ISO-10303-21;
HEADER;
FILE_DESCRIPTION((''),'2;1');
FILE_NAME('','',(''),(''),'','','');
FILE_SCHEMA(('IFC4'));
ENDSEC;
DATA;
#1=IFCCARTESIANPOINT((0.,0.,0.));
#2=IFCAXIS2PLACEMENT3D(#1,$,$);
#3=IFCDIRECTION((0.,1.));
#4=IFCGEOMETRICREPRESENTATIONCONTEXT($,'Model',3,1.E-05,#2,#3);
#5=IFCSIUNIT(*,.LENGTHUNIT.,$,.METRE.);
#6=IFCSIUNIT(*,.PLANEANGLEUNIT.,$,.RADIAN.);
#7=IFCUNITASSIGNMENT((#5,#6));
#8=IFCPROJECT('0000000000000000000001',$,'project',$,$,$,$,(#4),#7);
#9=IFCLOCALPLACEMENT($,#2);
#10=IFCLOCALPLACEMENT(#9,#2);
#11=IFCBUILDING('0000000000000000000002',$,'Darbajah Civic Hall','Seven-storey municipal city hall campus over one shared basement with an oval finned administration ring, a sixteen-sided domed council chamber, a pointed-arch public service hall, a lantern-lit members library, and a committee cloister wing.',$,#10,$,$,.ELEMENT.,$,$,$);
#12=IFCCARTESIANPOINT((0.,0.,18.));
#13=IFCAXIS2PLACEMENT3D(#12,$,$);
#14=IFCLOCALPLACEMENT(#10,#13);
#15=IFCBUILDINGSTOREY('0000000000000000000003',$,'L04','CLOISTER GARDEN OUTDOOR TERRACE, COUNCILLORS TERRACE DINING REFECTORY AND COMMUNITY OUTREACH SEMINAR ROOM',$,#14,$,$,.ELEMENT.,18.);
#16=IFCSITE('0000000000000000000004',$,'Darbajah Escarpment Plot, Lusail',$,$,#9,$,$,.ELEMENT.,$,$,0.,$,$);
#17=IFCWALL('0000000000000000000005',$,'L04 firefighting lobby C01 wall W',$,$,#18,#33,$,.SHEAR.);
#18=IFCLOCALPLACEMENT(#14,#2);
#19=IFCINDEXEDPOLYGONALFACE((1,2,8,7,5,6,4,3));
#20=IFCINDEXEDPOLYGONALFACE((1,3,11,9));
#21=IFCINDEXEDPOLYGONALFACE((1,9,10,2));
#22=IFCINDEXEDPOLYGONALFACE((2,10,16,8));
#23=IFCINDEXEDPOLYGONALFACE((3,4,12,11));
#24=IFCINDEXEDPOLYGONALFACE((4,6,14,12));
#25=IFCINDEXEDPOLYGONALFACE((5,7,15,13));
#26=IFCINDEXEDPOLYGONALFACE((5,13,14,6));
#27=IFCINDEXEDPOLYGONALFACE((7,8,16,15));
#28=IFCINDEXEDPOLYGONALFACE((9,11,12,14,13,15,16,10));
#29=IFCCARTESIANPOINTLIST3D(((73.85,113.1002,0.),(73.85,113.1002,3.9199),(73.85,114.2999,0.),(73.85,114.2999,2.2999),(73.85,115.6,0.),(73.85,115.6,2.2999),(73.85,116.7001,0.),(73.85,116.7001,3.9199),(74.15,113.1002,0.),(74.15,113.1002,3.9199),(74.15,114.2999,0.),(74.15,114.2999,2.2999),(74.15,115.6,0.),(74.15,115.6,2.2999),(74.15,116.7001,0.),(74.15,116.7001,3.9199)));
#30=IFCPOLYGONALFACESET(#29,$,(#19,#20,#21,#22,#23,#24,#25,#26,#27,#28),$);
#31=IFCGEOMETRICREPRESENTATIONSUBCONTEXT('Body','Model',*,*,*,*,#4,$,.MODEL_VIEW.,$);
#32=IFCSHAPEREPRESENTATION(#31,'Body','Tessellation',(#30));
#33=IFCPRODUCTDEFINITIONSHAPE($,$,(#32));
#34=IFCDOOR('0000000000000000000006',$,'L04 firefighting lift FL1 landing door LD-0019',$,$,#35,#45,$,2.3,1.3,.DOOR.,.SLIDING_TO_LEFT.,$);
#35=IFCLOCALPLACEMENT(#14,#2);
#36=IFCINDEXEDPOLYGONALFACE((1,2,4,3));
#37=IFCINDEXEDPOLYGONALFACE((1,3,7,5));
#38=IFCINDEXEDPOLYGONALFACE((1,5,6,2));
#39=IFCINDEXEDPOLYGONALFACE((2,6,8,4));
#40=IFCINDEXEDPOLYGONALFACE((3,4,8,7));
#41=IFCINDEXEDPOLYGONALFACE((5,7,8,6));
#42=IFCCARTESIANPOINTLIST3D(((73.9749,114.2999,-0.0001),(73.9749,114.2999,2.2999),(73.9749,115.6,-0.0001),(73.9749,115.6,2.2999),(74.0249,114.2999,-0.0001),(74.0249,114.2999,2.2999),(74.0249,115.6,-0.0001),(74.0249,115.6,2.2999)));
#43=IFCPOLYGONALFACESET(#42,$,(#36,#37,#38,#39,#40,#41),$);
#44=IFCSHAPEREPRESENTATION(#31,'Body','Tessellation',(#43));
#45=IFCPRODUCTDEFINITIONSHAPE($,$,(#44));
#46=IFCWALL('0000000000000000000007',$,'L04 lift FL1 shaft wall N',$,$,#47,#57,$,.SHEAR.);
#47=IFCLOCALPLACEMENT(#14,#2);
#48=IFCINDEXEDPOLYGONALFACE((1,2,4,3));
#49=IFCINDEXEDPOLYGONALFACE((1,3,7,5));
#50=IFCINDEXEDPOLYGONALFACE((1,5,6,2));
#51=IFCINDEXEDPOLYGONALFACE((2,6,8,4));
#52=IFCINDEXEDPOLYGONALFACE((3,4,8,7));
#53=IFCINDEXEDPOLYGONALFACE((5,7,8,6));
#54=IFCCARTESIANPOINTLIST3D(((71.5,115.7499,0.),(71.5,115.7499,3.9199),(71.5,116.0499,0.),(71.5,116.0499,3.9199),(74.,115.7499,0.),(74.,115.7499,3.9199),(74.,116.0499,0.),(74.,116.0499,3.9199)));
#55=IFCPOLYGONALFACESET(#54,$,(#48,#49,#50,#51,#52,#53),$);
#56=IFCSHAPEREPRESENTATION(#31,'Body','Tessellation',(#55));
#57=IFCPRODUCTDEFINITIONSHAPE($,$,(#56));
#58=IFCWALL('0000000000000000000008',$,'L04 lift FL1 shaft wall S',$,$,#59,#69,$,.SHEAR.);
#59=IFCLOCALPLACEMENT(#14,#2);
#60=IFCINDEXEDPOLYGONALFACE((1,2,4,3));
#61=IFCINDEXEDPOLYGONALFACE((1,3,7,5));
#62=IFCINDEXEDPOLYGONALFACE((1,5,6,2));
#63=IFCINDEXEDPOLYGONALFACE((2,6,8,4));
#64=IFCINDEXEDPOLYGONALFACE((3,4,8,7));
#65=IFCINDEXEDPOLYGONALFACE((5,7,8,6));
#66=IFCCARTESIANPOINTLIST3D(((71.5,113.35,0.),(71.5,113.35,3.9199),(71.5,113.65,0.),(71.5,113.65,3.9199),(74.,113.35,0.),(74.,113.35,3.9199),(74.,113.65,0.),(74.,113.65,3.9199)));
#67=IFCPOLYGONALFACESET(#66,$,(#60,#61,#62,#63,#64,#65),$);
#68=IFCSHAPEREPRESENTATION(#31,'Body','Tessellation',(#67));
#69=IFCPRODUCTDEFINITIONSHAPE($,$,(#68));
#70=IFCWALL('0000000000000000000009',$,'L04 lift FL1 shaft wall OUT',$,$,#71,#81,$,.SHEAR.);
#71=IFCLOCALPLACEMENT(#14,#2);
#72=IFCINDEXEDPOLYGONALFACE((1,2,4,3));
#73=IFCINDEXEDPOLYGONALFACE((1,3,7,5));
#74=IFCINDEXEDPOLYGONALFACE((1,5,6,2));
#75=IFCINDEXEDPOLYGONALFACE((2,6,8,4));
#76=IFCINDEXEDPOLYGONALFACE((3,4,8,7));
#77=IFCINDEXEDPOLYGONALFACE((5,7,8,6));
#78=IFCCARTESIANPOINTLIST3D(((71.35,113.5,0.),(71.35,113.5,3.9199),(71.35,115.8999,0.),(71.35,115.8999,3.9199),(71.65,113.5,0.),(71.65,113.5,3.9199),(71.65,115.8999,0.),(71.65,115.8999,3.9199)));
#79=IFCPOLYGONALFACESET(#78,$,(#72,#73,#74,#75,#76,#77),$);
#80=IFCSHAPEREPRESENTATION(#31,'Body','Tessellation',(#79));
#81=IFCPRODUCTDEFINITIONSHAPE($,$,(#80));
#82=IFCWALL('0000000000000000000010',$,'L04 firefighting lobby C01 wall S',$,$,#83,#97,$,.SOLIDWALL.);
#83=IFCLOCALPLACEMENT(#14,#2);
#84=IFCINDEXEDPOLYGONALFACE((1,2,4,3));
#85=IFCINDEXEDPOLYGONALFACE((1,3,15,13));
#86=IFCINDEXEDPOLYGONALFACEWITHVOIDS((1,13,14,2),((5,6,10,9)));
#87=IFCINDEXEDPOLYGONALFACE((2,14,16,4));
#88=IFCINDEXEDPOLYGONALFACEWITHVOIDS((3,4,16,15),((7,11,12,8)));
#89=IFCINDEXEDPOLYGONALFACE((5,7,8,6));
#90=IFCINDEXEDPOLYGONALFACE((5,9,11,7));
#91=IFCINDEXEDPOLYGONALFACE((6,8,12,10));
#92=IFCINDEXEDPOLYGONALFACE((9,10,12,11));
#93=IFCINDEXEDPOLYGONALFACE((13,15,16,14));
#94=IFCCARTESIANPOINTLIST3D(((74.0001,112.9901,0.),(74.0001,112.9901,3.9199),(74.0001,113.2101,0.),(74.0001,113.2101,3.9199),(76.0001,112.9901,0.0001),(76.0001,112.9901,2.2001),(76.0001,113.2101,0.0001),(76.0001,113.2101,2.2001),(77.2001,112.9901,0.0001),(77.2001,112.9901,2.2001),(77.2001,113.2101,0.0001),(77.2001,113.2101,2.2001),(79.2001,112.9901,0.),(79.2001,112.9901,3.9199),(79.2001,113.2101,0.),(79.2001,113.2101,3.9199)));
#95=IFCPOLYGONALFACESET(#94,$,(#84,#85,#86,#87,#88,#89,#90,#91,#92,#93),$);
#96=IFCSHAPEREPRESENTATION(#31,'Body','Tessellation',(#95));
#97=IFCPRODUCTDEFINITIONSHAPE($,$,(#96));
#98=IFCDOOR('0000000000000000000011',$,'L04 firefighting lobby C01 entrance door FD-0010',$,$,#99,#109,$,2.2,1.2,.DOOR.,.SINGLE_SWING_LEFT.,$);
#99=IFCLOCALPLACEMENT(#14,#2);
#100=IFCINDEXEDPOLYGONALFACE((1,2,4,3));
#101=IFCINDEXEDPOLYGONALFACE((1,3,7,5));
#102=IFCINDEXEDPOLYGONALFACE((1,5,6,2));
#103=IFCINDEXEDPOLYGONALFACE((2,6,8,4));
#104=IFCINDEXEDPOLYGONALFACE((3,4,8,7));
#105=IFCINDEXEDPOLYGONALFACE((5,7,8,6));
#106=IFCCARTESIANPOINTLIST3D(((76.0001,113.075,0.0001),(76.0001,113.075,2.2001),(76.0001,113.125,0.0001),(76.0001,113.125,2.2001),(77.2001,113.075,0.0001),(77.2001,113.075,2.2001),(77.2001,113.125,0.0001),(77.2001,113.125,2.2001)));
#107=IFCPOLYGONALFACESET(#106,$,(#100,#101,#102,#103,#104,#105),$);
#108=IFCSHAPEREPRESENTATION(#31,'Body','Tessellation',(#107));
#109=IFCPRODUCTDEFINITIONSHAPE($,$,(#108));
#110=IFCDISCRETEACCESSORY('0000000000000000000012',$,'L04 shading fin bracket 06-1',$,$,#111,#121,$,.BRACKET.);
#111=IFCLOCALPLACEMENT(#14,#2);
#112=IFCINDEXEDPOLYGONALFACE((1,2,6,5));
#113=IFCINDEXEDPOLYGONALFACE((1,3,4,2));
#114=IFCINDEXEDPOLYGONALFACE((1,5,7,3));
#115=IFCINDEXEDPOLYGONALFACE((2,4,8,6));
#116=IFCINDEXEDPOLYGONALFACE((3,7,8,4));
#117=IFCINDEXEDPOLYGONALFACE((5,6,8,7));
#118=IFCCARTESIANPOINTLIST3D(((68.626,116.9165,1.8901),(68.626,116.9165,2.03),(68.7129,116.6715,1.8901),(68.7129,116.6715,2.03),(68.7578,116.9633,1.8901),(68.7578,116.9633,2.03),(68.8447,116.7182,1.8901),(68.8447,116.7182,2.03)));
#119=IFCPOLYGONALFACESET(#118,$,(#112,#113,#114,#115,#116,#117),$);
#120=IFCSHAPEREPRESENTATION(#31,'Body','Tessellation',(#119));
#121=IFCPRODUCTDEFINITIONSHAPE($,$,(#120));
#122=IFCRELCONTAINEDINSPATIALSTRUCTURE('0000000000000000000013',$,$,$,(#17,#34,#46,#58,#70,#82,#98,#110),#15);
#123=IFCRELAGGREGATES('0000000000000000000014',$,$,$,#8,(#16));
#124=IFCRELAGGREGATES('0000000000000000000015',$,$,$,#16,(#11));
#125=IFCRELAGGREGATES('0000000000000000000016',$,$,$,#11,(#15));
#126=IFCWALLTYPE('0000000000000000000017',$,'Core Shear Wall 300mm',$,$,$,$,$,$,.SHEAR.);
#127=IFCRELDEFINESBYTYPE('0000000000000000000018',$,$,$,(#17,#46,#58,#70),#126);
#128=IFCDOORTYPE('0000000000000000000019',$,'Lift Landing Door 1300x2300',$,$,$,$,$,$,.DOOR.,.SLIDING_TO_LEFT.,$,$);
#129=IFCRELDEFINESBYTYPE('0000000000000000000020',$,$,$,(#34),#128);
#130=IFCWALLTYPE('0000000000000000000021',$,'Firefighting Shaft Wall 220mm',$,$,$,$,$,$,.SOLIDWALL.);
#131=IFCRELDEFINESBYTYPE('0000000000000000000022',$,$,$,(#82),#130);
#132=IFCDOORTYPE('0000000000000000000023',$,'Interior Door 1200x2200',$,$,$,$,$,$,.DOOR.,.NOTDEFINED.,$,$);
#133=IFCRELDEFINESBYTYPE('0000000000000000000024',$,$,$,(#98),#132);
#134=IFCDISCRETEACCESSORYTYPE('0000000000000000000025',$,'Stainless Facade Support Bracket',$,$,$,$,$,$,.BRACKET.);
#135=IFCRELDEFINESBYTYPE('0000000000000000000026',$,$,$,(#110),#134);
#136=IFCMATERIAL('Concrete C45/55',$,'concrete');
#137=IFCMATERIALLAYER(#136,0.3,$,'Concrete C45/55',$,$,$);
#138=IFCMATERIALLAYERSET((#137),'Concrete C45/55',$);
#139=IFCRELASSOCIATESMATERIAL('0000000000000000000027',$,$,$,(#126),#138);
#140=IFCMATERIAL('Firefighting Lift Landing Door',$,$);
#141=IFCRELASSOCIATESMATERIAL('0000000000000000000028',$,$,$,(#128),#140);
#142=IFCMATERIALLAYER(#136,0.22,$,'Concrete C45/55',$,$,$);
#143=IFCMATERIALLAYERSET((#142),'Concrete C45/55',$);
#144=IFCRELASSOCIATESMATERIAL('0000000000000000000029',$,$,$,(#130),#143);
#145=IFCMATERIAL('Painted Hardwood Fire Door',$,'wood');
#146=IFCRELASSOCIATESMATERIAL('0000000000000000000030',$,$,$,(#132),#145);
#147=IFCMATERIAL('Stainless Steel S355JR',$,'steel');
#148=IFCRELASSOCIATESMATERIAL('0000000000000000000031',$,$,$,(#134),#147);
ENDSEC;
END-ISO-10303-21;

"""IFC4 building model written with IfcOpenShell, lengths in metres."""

from ifc_helpers import new_model, si_unit, direction, frame, frame_2d, origin, origin_2d, place, context, subcontext, project, spatial, rectangle, extrude, material, layer, layer_set, type_object, element, fill, save


model = new_model("IFC4")

# Units and contexts
model_context = context("Model", 3, precision=1e-05, world=origin(), true_north=direction((0.0, 1.0)))
body_context = subcontext(model_context, "Body", "Model", "MODEL_VIEW")
ifc_project = project(units=[si_unit("LENGTHUNIT", "METRE"), si_unit("PLANEANGLEUNIT", "RADIAN")], contexts=[model_context])

# Site, building, storey
site_placement = place(None, origin())
site = spatial("IfcSite", under=ifc_project, at=site_placement, Name="Darbajah Escarpment Plot, Lusail", CompositionType="ELEMENT", RefElevation=0.0)
building_placement = place(site_placement, origin())
building = spatial("IfcBuilding", under=site, at=building_placement, Name="Darbajah Civic Hall", Description="Seven-storey municipal city hall campus over one shared basement with an oval finned administration ring, a sixteen-sided domed council chamber, a pointed-arch public service hall, a lantern-lit members library, and a committee cloister wing.", CompositionType="ELEMENT")
storey_placement = place(building_placement, frame((0.0, 0.0, 18.0)))
storey = spatial("IfcBuildingStorey", under=building, at=storey_placement, Name="L04", Description="CLOISTER GARDEN OUTDOOR TERRACE, COUNCILLORS TERRACE DINING REFECTORY AND COMMUNITY OUTREACH SEMINAR ROOM", CompositionType="ELEMENT", Elevation=18.0)

# Shared definitions
ifc_material_1 = material(Name="Concrete C45/55", Category="concrete")

# Wall, opening, door
ifc_layer_1 = layer(ifc_material_1, 0.3, Name="Concrete C45/55")
ifc_layer_set_1 = layer_set([ifc_layer_1], Name="Concrete C45/55")
wall_type_1 = type_object("IfcWallType", Name="Core Shear Wall 300mm", PredefinedType="SHEAR", material=ifc_layer_set_1)
wall_1_placement = place(storey_placement, frame((74.0, 116.7, 0.0), z_axis=(0.0, 0.0, 1.0), x_axis=(0.0, -1.0, 0.0)))
wall_1 = element("IfcWall", 1, at=wall_1_placement, inside=storey, type_object=wall_type_1, Name="L04 firefighting lobby C01 wall W", PredefinedType="SHEAR", context=body_context, shape_type="SweptSolid", body=[
    extrude(rectangle(XDim=3.5999, YDim=0.3, at=frame_2d((1.7998, 0.0))), origin(), (0.0, 0.0, 1.0), 3.9199),
])
opening_1_placement = place(wall_1_placement, frame((1.1001, 0.0, 0.0)))
opening_1 = element("IfcOpeningElement", 2, at=opening_1_placement, cuts=wall_1, PredefinedType="OPENING", context=body_context, shape_type="SweptSolid", body=[
    extrude(rectangle(XDim=1.3, YDim=2.3, at=frame_2d((0.6499, 1.1499))), frame((0.0, 0.1599, 0.0), z_axis=(0.0, -1.0, 0.0), x_axis=(1.0, 0.0, 0.0)), (0.0, 0.0, 1.0), 0.3201),
])
ifc_material_2 = material(Name="Firefighting Lift Landing Door")
door_type_1 = type_object("IfcDoorType", Name="Lift Landing Door 1300x2300", OperationType="SLIDING_TO_LEFT", PredefinedType="DOOR", material=ifc_material_2)
door_1_placement = place(opening_1_placement, origin())
door_1 = element("IfcDoor", 3, at=door_1_placement, inside=storey, type_object=door_type_1, Name="L04 firefighting lift FL1 landing door LD-0019", OperationType="SLIDING_TO_LEFT", OverallHeight=2.3, OverallWidth=1.3, PredefinedType="DOOR", context=body_context, shape_type="SweptSolid", body=[
    extrude(rectangle(XDim=1.3, YDim=2.3, at=frame_2d((0.6499, 1.1499))), frame((0.0, 0.0249, 0.0), z_axis=(0.0, -1.0, 0.0), x_axis=(1.0, 0.0, 0.0)), (0.0, 0.0, 1.0), 0.05),
])
fill(opening_1, door_1)

# Walls
for number, where, z_axis, x_axis, name in (
    (4, (74.0, 115.8999, 0.0), (0.0, 0.0, 1.0), (-1.0, 0.0, 0.0), "L04 lift FL1 shaft wall N"),
    (5, (71.5, 113.5, 0.0), (0.0, 0.0, 1.0), (1.0, 0.0, 0.0), "L04 lift FL1 shaft wall S"),
):
    element("IfcWall", number, at=place(storey_placement, frame(where, z_axis=z_axis, x_axis=x_axis)), inside=storey, type_object=wall_type_1, Name=name, PredefinedType="SHEAR", context=body_context, shape_type="SweptSolid", body=[
        extrude(rectangle(XDim=2.5, YDim=0.3, at=frame_2d((1.25, 0.0))), origin(), (0.0, 0.0, 1.0), 3.9199),
    ])
wall_2_placement = place(storey_placement, frame((71.5, 115.8999, 0.0), z_axis=(0.0, 0.0, 1.0), x_axis=(0.0, -1.0, 0.0)))
element("IfcWall", 6, at=wall_2_placement, inside=storey, type_object=wall_type_1, Name="L04 lift FL1 shaft wall OUT", PredefinedType="SHEAR", context=body_context, shape_type="SweptSolid", body=[
    extrude(rectangle(XDim=2.3999, YDim=0.3, at=frame_2d((1.2, 0.0))), origin(), (0.0, 0.0, 1.0), 3.9199),
])

# Wall, opening, door
ifc_layer_2 = layer(ifc_material_1, 0.22, Name="Concrete C45/55")
ifc_layer_set_2 = layer_set([ifc_layer_2], Name="Concrete C45/55")
wall_type_2 = type_object("IfcWallType", Name="Firefighting Shaft Wall 220mm", PredefinedType="SOLIDWALL", material=ifc_layer_set_2)
wall_3_placement = place(storey_placement, frame((74.0, 113.1001, 0.0), z_axis=(0.0, 0.0, 1.0), x_axis=(1.0, 0.0, 0.0)))
wall_3 = element("IfcWall", 7, at=wall_3_placement, inside=storey, type_object=wall_type_2, Name="L04 firefighting lobby C01 wall S", PredefinedType="SOLIDWALL", context=body_context, shape_type="SweptSolid", body=[
    extrude(rectangle(XDim=5.2, YDim=0.22, at=frame_2d((2.6001, 0.0))), origin(), (0.0, 0.0, 1.0), 3.9199),
])
opening_2_placement = place(wall_3_placement, frame((2.0, 0.0, 0.0)))
opening_2 = element("IfcOpeningElement", 8, at=opening_2_placement, cuts=wall_3, PredefinedType="OPENING", context=body_context, shape_type="SweptSolid", body=[
    extrude(rectangle(XDim=1.2, YDim=2.2, at=frame_2d((0.6001, 1.1001))), frame((0.0, 0.1199, 0.0), z_axis=(0.0, -1.0, 0.0), x_axis=(1.0, 0.0, 0.0)), (0.0, 0.0, 1.0), 0.24),
])
ifc_material_3 = material(Name="Painted Hardwood Fire Door", Category="wood")
door_type_2 = type_object("IfcDoorType", Name="Interior Door 1200x2200", OperationType="NOTDEFINED", PredefinedType="DOOR", material=ifc_material_3)
door_2_placement = place(opening_2_placement, origin())
door_2 = element("IfcDoor", 9, at=door_2_placement, inside=storey, type_object=door_type_2, Name="L04 firefighting lobby C01 entrance door FD-0010", OperationType="SINGLE_SWING_LEFT", OverallHeight=2.2, OverallWidth=1.2, PredefinedType="DOOR", context=body_context, shape_type="SweptSolid", body=[
    extrude(rectangle(XDim=1.2, YDim=2.2, at=frame_2d((0.6001, 1.1001))), frame((0.0, 0.0249, 0.0), z_axis=(0.0, -1.0, 0.0), x_axis=(1.0, 0.0, 0.0)), (0.0, 0.0, 1.0), 0.05),
])
fill(opening_2, door_2)

# Discrete accessory
ifc_material_4 = material(Name="Stainless Steel S355JR", Category="steel")
discrete_accessory_type = type_object("IfcDiscreteAccessoryType", Name="Stainless Facade Support Bracket", PredefinedType="BRACKET", material=ifc_material_4)
discrete_accessory_placement = place(storey_placement, frame((68.7354, 116.8174, 1.8901), z_axis=(0.0, 0.0, 1.0), x_axis=(-0.334136, 0.942525, 0.0)))
element("IfcDiscreteAccessory", 10, at=discrete_accessory_placement, inside=storey, type_object=discrete_accessory_type, Name="L04 shading fin bracket 06-1", PredefinedType="BRACKET", context=body_context, shape_type="SweptSolid", body=[
    extrude(rectangle(XDim=0.26, YDim=0.1399, at=origin_2d()), origin(), (0.0, 0.0, 1.0), 0.1399),
])

save(model, "model.ifc")
